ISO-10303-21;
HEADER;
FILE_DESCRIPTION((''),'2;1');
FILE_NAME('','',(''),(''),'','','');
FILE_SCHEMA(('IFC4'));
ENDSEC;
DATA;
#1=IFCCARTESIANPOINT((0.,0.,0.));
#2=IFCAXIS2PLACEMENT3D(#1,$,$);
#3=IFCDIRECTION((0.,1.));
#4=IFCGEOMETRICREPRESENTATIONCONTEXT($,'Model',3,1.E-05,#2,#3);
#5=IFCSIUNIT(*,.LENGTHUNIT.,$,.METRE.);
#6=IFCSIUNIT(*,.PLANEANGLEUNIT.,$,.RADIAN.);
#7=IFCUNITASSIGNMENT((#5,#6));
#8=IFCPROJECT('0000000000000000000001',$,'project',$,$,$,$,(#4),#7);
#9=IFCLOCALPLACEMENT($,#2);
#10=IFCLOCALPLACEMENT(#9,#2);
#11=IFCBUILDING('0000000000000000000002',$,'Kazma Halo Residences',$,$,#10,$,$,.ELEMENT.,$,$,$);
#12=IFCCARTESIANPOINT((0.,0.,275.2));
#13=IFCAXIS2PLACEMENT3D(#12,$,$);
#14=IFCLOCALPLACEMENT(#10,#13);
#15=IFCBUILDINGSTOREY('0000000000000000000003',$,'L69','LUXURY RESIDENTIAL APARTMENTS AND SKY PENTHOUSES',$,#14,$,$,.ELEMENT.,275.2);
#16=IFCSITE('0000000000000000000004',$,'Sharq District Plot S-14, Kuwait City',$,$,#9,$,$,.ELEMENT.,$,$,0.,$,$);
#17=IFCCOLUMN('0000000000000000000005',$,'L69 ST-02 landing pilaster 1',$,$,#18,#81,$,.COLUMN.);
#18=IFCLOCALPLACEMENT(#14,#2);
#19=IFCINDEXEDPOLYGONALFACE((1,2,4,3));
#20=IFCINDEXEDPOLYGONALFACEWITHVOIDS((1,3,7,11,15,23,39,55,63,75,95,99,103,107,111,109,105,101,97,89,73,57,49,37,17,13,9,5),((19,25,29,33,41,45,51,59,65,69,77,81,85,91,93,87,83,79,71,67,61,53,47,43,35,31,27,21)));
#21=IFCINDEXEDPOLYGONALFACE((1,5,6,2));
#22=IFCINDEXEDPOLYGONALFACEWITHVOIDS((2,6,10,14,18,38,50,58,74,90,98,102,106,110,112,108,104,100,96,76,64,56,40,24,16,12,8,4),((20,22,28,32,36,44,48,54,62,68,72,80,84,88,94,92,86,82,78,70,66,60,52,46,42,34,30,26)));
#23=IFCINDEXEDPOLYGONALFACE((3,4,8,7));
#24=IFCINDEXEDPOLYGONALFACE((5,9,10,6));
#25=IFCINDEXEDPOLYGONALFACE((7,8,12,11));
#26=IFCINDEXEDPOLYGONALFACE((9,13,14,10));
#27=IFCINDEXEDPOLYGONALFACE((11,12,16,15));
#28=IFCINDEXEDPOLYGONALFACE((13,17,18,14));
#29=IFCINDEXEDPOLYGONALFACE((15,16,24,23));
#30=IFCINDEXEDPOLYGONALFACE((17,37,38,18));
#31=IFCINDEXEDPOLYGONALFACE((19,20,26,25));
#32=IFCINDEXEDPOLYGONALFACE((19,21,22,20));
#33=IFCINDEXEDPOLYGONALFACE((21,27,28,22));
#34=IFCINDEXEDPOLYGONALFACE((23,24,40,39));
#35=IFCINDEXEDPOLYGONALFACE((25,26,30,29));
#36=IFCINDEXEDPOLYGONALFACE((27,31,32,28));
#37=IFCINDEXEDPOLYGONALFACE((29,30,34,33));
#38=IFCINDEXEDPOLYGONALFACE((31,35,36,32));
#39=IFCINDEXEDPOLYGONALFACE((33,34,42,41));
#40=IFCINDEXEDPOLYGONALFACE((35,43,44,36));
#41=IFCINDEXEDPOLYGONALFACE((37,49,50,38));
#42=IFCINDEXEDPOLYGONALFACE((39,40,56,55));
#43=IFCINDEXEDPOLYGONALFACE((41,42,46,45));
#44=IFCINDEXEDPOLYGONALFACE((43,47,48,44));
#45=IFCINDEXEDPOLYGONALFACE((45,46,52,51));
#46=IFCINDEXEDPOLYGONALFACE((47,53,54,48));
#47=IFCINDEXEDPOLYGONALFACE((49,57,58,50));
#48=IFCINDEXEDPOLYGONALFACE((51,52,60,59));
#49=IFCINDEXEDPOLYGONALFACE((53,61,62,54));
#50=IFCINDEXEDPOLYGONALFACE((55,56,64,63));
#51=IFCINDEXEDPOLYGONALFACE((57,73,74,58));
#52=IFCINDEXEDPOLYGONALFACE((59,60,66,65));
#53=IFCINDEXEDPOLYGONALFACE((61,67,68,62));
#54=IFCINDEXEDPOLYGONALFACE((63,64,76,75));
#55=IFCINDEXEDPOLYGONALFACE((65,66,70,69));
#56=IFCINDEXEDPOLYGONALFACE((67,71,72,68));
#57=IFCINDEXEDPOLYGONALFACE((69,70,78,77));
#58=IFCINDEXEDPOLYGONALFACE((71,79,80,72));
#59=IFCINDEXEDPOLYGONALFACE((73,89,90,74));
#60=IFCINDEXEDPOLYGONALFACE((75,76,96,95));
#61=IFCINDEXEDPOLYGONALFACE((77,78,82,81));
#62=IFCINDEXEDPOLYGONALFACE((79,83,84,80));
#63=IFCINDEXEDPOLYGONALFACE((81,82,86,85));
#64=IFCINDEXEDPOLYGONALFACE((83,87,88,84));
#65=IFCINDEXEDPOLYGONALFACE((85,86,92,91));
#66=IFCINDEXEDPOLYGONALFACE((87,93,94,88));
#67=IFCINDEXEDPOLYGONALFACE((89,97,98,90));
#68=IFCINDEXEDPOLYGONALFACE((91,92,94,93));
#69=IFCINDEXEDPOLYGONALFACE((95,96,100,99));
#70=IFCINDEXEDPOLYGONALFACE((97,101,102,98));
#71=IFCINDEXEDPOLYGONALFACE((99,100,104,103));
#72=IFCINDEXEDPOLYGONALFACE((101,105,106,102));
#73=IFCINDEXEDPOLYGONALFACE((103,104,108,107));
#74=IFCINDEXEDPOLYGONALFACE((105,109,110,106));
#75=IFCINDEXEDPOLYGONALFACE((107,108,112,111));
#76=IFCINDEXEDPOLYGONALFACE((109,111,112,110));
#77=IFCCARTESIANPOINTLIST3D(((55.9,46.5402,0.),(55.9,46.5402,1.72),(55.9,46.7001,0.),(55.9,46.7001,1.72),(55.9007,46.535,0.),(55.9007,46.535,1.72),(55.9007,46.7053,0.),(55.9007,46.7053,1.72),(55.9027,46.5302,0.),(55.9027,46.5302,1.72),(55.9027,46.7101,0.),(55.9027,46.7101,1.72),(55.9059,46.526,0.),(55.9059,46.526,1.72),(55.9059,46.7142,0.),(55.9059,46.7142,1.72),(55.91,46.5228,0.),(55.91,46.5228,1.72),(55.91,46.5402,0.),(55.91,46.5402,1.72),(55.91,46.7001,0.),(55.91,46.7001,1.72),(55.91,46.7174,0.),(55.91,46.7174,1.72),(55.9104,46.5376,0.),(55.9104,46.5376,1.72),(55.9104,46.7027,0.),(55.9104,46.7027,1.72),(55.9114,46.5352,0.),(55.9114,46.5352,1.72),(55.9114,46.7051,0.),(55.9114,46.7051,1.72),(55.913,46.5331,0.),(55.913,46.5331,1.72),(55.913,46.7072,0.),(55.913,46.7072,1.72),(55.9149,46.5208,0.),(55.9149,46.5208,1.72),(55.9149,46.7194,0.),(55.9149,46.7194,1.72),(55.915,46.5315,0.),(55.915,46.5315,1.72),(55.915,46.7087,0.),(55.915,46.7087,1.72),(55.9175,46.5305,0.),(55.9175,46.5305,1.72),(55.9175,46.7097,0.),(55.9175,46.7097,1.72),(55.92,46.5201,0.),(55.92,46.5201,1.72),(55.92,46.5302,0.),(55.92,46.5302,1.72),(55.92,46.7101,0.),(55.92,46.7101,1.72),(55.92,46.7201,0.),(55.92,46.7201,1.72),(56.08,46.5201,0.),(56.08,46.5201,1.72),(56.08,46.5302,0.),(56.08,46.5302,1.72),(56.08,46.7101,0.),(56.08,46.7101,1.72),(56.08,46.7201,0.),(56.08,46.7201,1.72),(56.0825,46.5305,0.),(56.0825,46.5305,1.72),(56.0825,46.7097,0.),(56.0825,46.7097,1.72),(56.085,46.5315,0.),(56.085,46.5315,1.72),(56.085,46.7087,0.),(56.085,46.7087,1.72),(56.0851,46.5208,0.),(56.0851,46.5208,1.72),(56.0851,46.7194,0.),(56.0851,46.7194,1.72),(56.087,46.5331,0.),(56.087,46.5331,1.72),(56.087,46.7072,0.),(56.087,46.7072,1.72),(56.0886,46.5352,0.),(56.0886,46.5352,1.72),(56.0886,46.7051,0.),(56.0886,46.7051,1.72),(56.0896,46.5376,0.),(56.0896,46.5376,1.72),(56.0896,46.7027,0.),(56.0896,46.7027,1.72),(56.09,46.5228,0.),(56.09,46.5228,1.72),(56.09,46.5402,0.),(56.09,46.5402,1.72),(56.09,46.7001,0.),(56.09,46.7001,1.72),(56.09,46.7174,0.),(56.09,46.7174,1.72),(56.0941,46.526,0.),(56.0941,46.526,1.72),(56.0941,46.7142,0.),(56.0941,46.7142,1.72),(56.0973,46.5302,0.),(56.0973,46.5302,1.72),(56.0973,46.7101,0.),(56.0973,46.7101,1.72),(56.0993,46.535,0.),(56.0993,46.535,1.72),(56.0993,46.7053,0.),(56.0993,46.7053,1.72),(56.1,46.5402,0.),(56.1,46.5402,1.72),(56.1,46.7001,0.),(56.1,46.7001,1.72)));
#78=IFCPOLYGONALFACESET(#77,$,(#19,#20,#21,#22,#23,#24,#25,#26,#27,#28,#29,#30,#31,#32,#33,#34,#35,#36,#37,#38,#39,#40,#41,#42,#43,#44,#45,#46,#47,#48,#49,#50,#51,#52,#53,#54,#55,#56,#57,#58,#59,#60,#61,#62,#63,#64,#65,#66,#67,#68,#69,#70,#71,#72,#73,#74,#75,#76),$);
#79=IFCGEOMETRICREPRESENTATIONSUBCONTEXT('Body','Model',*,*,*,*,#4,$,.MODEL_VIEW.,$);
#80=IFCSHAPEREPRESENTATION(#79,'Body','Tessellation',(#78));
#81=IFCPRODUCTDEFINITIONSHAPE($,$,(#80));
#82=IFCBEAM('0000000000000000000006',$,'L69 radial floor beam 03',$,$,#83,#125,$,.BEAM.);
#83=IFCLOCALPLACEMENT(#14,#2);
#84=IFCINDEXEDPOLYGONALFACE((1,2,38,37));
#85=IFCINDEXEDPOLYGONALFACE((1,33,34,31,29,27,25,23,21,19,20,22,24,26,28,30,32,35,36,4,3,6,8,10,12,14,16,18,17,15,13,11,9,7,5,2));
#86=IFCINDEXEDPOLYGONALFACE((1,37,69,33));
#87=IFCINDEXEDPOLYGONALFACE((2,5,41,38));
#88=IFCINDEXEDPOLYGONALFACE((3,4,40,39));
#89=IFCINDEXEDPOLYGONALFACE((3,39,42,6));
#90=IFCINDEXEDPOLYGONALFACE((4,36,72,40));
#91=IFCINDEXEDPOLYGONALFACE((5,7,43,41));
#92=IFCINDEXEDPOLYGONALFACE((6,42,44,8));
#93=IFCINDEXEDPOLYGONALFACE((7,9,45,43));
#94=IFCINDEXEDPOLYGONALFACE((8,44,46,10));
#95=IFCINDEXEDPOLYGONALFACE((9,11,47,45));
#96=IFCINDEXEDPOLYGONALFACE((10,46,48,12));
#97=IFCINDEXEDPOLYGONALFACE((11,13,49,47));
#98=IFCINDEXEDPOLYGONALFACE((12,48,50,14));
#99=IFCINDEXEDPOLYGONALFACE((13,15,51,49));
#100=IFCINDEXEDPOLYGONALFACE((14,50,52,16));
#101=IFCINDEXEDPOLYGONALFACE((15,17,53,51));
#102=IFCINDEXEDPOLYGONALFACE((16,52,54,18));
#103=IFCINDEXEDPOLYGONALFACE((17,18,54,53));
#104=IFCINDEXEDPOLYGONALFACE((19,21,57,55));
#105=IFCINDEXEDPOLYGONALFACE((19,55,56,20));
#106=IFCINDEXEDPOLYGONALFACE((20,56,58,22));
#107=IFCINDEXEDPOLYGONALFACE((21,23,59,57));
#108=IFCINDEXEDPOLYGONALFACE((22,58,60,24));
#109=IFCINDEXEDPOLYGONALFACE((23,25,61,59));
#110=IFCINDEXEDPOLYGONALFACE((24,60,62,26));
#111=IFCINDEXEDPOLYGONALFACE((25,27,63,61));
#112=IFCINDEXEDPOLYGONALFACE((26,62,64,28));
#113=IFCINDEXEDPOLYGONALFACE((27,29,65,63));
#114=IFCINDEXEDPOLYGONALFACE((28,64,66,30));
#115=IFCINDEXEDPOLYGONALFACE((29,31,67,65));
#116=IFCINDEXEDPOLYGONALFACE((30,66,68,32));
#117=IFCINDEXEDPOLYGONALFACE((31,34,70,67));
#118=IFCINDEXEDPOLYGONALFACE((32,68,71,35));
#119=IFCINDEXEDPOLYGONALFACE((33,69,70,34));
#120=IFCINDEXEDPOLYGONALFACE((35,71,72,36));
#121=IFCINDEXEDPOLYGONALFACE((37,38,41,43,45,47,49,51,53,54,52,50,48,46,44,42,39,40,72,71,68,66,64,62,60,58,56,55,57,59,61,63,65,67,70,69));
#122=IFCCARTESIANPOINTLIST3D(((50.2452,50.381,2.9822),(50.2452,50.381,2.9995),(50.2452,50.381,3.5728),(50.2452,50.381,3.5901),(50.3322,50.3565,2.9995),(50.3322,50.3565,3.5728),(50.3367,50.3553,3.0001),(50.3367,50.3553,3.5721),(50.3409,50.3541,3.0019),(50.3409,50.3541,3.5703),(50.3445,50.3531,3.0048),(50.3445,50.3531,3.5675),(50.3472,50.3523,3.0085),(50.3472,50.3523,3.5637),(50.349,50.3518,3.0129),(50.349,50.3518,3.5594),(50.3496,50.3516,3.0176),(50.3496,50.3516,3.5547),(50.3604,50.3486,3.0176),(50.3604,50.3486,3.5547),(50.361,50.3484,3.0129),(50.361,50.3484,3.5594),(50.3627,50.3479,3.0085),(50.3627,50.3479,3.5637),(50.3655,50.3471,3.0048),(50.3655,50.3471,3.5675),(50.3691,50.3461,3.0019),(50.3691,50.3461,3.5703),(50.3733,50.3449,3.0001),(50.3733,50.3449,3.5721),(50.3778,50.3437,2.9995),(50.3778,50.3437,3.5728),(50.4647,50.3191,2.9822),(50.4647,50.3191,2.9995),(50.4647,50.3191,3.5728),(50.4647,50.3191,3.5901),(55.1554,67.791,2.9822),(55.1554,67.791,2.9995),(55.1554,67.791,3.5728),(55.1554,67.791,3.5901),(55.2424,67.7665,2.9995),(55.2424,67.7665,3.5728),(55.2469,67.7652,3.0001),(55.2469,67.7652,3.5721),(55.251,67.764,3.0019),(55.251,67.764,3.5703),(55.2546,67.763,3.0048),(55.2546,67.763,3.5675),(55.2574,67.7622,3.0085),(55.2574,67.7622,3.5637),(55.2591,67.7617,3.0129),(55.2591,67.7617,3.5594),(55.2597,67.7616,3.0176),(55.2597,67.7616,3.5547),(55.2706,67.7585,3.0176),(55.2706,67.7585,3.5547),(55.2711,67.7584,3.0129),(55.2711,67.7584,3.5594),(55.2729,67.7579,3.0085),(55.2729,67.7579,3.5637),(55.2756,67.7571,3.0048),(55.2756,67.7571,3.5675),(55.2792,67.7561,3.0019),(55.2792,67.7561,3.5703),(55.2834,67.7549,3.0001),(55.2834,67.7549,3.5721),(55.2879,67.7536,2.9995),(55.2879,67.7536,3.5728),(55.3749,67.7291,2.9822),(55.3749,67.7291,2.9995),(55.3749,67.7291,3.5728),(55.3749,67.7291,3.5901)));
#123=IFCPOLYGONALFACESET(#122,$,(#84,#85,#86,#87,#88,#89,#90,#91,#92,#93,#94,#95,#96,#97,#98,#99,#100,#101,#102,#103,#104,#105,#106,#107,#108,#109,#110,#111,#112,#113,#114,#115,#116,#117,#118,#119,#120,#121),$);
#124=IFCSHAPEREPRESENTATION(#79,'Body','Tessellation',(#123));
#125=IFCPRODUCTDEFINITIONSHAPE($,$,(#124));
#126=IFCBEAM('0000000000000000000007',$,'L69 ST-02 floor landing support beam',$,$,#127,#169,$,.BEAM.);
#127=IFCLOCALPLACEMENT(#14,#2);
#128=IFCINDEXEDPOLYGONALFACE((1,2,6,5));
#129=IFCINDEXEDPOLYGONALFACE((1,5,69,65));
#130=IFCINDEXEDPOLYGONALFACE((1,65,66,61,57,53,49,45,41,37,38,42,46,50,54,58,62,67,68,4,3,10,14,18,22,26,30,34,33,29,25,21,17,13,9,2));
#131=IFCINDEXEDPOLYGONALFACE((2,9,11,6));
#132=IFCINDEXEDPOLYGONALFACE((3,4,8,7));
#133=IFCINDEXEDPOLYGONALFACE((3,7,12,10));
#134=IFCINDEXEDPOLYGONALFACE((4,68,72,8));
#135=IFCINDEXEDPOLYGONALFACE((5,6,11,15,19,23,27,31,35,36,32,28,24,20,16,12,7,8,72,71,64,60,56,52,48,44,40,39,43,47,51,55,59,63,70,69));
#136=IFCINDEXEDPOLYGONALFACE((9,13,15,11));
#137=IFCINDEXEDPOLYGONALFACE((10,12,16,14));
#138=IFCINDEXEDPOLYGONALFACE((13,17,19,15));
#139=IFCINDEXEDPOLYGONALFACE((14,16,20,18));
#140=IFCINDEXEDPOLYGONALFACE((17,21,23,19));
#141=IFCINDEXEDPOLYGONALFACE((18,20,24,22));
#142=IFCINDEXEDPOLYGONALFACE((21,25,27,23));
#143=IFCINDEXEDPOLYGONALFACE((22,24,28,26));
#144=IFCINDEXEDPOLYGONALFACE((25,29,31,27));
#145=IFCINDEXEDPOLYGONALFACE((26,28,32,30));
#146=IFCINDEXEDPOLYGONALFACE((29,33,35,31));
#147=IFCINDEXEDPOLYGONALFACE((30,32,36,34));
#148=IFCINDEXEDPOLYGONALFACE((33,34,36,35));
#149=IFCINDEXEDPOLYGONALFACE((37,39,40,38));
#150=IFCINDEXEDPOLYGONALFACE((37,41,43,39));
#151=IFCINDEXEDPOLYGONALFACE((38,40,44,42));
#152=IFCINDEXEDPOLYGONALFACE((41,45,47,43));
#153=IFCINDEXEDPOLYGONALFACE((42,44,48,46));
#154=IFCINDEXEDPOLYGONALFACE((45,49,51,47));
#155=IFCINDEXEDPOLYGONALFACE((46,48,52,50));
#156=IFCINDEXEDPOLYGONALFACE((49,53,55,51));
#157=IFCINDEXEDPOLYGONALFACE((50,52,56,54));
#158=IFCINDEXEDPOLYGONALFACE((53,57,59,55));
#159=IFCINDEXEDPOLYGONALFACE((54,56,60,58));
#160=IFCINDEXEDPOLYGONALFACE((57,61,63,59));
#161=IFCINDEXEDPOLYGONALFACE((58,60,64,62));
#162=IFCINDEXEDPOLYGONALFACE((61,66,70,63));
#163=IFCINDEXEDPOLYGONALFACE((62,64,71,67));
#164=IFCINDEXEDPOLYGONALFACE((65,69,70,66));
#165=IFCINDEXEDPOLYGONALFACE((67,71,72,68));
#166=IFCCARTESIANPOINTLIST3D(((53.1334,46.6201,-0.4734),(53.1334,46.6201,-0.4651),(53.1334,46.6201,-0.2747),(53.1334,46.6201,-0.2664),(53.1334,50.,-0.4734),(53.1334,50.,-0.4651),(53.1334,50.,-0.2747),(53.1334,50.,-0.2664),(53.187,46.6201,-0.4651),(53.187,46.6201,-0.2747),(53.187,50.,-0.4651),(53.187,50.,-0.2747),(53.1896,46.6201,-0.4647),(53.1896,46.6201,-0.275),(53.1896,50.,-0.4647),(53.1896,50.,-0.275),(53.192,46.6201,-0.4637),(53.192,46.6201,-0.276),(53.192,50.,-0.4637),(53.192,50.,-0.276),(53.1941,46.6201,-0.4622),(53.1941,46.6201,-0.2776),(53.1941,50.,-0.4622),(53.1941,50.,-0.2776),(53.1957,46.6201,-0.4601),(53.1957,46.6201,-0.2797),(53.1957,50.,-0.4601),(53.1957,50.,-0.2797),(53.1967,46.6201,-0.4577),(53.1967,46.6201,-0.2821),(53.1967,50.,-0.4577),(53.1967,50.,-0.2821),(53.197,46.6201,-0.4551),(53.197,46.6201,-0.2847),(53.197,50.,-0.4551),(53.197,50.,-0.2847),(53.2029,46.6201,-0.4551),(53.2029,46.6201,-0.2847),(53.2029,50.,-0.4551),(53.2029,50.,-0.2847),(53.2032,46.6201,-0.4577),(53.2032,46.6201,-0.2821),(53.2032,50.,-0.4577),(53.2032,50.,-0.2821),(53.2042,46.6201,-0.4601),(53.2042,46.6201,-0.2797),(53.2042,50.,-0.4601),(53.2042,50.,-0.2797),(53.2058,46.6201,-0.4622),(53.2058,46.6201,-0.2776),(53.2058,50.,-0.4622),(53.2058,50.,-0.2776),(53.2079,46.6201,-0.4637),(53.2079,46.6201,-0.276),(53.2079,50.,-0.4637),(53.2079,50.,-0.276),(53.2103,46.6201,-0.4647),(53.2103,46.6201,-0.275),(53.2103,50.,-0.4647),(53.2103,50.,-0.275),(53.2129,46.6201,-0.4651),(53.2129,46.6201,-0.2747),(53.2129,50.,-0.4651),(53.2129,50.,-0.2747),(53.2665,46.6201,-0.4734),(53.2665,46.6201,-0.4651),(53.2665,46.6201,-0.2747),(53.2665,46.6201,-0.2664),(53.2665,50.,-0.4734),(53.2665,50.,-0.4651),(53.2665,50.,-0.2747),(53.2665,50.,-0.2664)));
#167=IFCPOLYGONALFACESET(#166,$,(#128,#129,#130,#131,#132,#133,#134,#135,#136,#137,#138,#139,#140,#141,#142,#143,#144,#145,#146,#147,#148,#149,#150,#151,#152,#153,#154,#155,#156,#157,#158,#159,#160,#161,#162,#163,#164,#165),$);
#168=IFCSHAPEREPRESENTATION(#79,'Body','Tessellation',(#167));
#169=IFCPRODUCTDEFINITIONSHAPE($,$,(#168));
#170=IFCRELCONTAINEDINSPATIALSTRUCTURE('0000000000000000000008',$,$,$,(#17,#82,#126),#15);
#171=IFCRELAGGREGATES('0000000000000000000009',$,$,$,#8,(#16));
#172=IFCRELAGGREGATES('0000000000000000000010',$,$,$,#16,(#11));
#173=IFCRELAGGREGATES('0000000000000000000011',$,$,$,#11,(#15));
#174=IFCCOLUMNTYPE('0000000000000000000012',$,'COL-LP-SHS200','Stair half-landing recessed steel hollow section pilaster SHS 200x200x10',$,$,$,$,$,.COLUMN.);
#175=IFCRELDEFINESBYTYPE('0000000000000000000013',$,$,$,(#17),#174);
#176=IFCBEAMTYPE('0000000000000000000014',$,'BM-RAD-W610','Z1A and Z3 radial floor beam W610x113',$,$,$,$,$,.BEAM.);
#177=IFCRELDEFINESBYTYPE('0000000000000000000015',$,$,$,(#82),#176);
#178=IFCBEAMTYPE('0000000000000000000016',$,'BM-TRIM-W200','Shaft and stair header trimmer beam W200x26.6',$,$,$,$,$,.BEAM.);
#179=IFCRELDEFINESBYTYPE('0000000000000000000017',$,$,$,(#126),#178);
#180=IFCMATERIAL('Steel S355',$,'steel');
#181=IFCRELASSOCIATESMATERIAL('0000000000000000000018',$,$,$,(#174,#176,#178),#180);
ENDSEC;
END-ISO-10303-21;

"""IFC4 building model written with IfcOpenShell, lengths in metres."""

from ifc_helpers import new_model, si_unit, direction, frame, origin, origin_2d, place, context, subcontext, project, spatial, hollow_rectangle, i_section, extrude, material, material_profile, profile_set, type_object, element, save


model = new_model("IFC4")

# Units and contexts
model_context = context("Model", 3, precision=1e-05, world=origin(), true_north=direction((0.0, 1.0)))
body_context = subcontext(model_context, "Body", "Model", "MODEL_VIEW")
ifc_project = project(units=[si_unit("LENGTHUNIT", "METRE"), si_unit("PLANEANGLEUNIT", "RADIAN")], contexts=[model_context])

# Site, building, storey
site_placement = place(None, origin())
site = spatial("IfcSite", under=ifc_project, at=site_placement, Name="Sharq District Plot S-14, Kuwait City", CompositionType="ELEMENT", RefElevation=0.0)
building_placement = place(site_placement, origin())
building = spatial("IfcBuilding", under=site, at=building_placement, Name="Kazma Halo Residences", CompositionType="ELEMENT")
storey_placement = place(building_placement, frame((0.0, 0.0, 275.2)))
storey = spatial("IfcBuildingStorey", under=building, at=storey_placement, Name="L69", Description="LUXURY RESIDENTIAL APARTMENTS AND SKY PENTHOUSES", CompositionType="ELEMENT", Elevation=275.2)

# Column
ifc_material_1 = material(Name="Steel S355", Category="steel")
ifc_material_profile_1 = material_profile(ifc_material_1, hollow_rectangle(XDim=0.2, YDim=0.2, WallThickness=0.01, InnerFilletRadius=0.01, OuterFilletRadius=0.02, at=origin_2d()), Name="SHS200x200x10")
ifc_profile_set_1 = profile_set([ifc_material_profile_1], Name="Steel S355")
column_type = type_object("IfcColumnType", Name="COL-LP-SHS200", Description="Stair half-landing recessed steel hollow section pilaster SHS 200x200x10", PredefinedType="COLUMN", material=ifc_profile_set_1)
column_placement = place(storey_placement, frame((56.0, 46.6201, 0.0), z_axis=(0.0, 0.0, 1.0), x_axis=(1.0, 0.0, 0.0)))
element("IfcColumn", 1, at=column_placement, inside=storey, type_object=column_type, Name="L69 ST-02 landing pilaster 1", PredefinedType="COLUMN", context=body_context, shape_type="SweptSolid", body=[
    extrude(hollow_rectangle(XDim=0.2, YDim=0.2, WallThickness=0.01, InnerFilletRadius=0.01, OuterFilletRadius=0.02, at=origin_2d()), origin(), (0.0, 0.0, 1.0), 1.72),
])

# Beams
ifc_material_profile_2 = material_profile(ifc_material_1, i_section(OverallWidth=0.228, OverallDepth=0.6079, WebThickness=0.0112, FlangeThickness=0.0173, FilletRadius=0.0181, at=origin_2d()), Name="W610x113")
ifc_profile_set_2 = profile_set([ifc_material_profile_2], Name="Steel S355")
beam_type_1 = type_object("IfcBeamType", Name="BM-RAD-W610", Description="Z1A and Z3 radial floor beam W610x113", PredefinedType="BEAM", material=ifc_profile_set_2)
beam_1_placement = place(storey_placement, frame((50.355, 50.3501, 3.2861), z_axis=(0.271443, 0.962454, 0.0), x_axis=(-0.962454, 0.271443, 0.0)))
element("IfcBeam", 2, at=beam_1_placement, inside=storey, type_object=beam_type_1, Name="L69 radial floor beam 03", PredefinedType="BEAM", context=body_context, shape_type="SweptSolid", body=[
    extrude(i_section(OverallWidth=0.228, OverallDepth=0.6079, WebThickness=0.0112, FlangeThickness=0.0173, FilletRadius=0.0181, at=origin_2d()), origin(), (0.0, 0.0, 1.0), 18.0891),
])
ifc_material_profile_3 = material_profile(ifc_material_1, i_section(OverallWidth=0.1331, OverallDepth=0.207, WebThickness=0.0059, FlangeThickness=0.0083, FilletRadius=0.01, at=origin_2d()), Name="W200x26.6")
ifc_profile_set_3 = profile_set([ifc_material_profile_3], Name="Steel S355")
beam_type_2 = type_object("IfcBeamType", Name="BM-TRIM-W200", Description="Shaft and stair header trimmer beam W200x26.6", PredefinedType="BEAM", material=ifc_profile_set_3)
beam_2_placement = place(storey_placement, frame((53.2, 46.6201, -0.3699), z_axis=(0.0, 1.0, 0.0), x_axis=(-1.0, 0.0, 0.0)))
element("IfcBeam", 3, at=beam_2_placement, inside=storey, type_object=beam_type_2, Name="L69 ST-02 floor landing support beam", PredefinedType="BEAM", context=body_context, shape_type="SweptSolid", body=[
    extrude(i_section(OverallWidth=0.1331, OverallDepth=0.207, WebThickness=0.0059, FlangeThickness=0.0083, FilletRadius=0.01, at=origin_2d()), origin(), (0.0, 0.0, 1.0), 3.3799),
])

save(model, "model.ifc")
